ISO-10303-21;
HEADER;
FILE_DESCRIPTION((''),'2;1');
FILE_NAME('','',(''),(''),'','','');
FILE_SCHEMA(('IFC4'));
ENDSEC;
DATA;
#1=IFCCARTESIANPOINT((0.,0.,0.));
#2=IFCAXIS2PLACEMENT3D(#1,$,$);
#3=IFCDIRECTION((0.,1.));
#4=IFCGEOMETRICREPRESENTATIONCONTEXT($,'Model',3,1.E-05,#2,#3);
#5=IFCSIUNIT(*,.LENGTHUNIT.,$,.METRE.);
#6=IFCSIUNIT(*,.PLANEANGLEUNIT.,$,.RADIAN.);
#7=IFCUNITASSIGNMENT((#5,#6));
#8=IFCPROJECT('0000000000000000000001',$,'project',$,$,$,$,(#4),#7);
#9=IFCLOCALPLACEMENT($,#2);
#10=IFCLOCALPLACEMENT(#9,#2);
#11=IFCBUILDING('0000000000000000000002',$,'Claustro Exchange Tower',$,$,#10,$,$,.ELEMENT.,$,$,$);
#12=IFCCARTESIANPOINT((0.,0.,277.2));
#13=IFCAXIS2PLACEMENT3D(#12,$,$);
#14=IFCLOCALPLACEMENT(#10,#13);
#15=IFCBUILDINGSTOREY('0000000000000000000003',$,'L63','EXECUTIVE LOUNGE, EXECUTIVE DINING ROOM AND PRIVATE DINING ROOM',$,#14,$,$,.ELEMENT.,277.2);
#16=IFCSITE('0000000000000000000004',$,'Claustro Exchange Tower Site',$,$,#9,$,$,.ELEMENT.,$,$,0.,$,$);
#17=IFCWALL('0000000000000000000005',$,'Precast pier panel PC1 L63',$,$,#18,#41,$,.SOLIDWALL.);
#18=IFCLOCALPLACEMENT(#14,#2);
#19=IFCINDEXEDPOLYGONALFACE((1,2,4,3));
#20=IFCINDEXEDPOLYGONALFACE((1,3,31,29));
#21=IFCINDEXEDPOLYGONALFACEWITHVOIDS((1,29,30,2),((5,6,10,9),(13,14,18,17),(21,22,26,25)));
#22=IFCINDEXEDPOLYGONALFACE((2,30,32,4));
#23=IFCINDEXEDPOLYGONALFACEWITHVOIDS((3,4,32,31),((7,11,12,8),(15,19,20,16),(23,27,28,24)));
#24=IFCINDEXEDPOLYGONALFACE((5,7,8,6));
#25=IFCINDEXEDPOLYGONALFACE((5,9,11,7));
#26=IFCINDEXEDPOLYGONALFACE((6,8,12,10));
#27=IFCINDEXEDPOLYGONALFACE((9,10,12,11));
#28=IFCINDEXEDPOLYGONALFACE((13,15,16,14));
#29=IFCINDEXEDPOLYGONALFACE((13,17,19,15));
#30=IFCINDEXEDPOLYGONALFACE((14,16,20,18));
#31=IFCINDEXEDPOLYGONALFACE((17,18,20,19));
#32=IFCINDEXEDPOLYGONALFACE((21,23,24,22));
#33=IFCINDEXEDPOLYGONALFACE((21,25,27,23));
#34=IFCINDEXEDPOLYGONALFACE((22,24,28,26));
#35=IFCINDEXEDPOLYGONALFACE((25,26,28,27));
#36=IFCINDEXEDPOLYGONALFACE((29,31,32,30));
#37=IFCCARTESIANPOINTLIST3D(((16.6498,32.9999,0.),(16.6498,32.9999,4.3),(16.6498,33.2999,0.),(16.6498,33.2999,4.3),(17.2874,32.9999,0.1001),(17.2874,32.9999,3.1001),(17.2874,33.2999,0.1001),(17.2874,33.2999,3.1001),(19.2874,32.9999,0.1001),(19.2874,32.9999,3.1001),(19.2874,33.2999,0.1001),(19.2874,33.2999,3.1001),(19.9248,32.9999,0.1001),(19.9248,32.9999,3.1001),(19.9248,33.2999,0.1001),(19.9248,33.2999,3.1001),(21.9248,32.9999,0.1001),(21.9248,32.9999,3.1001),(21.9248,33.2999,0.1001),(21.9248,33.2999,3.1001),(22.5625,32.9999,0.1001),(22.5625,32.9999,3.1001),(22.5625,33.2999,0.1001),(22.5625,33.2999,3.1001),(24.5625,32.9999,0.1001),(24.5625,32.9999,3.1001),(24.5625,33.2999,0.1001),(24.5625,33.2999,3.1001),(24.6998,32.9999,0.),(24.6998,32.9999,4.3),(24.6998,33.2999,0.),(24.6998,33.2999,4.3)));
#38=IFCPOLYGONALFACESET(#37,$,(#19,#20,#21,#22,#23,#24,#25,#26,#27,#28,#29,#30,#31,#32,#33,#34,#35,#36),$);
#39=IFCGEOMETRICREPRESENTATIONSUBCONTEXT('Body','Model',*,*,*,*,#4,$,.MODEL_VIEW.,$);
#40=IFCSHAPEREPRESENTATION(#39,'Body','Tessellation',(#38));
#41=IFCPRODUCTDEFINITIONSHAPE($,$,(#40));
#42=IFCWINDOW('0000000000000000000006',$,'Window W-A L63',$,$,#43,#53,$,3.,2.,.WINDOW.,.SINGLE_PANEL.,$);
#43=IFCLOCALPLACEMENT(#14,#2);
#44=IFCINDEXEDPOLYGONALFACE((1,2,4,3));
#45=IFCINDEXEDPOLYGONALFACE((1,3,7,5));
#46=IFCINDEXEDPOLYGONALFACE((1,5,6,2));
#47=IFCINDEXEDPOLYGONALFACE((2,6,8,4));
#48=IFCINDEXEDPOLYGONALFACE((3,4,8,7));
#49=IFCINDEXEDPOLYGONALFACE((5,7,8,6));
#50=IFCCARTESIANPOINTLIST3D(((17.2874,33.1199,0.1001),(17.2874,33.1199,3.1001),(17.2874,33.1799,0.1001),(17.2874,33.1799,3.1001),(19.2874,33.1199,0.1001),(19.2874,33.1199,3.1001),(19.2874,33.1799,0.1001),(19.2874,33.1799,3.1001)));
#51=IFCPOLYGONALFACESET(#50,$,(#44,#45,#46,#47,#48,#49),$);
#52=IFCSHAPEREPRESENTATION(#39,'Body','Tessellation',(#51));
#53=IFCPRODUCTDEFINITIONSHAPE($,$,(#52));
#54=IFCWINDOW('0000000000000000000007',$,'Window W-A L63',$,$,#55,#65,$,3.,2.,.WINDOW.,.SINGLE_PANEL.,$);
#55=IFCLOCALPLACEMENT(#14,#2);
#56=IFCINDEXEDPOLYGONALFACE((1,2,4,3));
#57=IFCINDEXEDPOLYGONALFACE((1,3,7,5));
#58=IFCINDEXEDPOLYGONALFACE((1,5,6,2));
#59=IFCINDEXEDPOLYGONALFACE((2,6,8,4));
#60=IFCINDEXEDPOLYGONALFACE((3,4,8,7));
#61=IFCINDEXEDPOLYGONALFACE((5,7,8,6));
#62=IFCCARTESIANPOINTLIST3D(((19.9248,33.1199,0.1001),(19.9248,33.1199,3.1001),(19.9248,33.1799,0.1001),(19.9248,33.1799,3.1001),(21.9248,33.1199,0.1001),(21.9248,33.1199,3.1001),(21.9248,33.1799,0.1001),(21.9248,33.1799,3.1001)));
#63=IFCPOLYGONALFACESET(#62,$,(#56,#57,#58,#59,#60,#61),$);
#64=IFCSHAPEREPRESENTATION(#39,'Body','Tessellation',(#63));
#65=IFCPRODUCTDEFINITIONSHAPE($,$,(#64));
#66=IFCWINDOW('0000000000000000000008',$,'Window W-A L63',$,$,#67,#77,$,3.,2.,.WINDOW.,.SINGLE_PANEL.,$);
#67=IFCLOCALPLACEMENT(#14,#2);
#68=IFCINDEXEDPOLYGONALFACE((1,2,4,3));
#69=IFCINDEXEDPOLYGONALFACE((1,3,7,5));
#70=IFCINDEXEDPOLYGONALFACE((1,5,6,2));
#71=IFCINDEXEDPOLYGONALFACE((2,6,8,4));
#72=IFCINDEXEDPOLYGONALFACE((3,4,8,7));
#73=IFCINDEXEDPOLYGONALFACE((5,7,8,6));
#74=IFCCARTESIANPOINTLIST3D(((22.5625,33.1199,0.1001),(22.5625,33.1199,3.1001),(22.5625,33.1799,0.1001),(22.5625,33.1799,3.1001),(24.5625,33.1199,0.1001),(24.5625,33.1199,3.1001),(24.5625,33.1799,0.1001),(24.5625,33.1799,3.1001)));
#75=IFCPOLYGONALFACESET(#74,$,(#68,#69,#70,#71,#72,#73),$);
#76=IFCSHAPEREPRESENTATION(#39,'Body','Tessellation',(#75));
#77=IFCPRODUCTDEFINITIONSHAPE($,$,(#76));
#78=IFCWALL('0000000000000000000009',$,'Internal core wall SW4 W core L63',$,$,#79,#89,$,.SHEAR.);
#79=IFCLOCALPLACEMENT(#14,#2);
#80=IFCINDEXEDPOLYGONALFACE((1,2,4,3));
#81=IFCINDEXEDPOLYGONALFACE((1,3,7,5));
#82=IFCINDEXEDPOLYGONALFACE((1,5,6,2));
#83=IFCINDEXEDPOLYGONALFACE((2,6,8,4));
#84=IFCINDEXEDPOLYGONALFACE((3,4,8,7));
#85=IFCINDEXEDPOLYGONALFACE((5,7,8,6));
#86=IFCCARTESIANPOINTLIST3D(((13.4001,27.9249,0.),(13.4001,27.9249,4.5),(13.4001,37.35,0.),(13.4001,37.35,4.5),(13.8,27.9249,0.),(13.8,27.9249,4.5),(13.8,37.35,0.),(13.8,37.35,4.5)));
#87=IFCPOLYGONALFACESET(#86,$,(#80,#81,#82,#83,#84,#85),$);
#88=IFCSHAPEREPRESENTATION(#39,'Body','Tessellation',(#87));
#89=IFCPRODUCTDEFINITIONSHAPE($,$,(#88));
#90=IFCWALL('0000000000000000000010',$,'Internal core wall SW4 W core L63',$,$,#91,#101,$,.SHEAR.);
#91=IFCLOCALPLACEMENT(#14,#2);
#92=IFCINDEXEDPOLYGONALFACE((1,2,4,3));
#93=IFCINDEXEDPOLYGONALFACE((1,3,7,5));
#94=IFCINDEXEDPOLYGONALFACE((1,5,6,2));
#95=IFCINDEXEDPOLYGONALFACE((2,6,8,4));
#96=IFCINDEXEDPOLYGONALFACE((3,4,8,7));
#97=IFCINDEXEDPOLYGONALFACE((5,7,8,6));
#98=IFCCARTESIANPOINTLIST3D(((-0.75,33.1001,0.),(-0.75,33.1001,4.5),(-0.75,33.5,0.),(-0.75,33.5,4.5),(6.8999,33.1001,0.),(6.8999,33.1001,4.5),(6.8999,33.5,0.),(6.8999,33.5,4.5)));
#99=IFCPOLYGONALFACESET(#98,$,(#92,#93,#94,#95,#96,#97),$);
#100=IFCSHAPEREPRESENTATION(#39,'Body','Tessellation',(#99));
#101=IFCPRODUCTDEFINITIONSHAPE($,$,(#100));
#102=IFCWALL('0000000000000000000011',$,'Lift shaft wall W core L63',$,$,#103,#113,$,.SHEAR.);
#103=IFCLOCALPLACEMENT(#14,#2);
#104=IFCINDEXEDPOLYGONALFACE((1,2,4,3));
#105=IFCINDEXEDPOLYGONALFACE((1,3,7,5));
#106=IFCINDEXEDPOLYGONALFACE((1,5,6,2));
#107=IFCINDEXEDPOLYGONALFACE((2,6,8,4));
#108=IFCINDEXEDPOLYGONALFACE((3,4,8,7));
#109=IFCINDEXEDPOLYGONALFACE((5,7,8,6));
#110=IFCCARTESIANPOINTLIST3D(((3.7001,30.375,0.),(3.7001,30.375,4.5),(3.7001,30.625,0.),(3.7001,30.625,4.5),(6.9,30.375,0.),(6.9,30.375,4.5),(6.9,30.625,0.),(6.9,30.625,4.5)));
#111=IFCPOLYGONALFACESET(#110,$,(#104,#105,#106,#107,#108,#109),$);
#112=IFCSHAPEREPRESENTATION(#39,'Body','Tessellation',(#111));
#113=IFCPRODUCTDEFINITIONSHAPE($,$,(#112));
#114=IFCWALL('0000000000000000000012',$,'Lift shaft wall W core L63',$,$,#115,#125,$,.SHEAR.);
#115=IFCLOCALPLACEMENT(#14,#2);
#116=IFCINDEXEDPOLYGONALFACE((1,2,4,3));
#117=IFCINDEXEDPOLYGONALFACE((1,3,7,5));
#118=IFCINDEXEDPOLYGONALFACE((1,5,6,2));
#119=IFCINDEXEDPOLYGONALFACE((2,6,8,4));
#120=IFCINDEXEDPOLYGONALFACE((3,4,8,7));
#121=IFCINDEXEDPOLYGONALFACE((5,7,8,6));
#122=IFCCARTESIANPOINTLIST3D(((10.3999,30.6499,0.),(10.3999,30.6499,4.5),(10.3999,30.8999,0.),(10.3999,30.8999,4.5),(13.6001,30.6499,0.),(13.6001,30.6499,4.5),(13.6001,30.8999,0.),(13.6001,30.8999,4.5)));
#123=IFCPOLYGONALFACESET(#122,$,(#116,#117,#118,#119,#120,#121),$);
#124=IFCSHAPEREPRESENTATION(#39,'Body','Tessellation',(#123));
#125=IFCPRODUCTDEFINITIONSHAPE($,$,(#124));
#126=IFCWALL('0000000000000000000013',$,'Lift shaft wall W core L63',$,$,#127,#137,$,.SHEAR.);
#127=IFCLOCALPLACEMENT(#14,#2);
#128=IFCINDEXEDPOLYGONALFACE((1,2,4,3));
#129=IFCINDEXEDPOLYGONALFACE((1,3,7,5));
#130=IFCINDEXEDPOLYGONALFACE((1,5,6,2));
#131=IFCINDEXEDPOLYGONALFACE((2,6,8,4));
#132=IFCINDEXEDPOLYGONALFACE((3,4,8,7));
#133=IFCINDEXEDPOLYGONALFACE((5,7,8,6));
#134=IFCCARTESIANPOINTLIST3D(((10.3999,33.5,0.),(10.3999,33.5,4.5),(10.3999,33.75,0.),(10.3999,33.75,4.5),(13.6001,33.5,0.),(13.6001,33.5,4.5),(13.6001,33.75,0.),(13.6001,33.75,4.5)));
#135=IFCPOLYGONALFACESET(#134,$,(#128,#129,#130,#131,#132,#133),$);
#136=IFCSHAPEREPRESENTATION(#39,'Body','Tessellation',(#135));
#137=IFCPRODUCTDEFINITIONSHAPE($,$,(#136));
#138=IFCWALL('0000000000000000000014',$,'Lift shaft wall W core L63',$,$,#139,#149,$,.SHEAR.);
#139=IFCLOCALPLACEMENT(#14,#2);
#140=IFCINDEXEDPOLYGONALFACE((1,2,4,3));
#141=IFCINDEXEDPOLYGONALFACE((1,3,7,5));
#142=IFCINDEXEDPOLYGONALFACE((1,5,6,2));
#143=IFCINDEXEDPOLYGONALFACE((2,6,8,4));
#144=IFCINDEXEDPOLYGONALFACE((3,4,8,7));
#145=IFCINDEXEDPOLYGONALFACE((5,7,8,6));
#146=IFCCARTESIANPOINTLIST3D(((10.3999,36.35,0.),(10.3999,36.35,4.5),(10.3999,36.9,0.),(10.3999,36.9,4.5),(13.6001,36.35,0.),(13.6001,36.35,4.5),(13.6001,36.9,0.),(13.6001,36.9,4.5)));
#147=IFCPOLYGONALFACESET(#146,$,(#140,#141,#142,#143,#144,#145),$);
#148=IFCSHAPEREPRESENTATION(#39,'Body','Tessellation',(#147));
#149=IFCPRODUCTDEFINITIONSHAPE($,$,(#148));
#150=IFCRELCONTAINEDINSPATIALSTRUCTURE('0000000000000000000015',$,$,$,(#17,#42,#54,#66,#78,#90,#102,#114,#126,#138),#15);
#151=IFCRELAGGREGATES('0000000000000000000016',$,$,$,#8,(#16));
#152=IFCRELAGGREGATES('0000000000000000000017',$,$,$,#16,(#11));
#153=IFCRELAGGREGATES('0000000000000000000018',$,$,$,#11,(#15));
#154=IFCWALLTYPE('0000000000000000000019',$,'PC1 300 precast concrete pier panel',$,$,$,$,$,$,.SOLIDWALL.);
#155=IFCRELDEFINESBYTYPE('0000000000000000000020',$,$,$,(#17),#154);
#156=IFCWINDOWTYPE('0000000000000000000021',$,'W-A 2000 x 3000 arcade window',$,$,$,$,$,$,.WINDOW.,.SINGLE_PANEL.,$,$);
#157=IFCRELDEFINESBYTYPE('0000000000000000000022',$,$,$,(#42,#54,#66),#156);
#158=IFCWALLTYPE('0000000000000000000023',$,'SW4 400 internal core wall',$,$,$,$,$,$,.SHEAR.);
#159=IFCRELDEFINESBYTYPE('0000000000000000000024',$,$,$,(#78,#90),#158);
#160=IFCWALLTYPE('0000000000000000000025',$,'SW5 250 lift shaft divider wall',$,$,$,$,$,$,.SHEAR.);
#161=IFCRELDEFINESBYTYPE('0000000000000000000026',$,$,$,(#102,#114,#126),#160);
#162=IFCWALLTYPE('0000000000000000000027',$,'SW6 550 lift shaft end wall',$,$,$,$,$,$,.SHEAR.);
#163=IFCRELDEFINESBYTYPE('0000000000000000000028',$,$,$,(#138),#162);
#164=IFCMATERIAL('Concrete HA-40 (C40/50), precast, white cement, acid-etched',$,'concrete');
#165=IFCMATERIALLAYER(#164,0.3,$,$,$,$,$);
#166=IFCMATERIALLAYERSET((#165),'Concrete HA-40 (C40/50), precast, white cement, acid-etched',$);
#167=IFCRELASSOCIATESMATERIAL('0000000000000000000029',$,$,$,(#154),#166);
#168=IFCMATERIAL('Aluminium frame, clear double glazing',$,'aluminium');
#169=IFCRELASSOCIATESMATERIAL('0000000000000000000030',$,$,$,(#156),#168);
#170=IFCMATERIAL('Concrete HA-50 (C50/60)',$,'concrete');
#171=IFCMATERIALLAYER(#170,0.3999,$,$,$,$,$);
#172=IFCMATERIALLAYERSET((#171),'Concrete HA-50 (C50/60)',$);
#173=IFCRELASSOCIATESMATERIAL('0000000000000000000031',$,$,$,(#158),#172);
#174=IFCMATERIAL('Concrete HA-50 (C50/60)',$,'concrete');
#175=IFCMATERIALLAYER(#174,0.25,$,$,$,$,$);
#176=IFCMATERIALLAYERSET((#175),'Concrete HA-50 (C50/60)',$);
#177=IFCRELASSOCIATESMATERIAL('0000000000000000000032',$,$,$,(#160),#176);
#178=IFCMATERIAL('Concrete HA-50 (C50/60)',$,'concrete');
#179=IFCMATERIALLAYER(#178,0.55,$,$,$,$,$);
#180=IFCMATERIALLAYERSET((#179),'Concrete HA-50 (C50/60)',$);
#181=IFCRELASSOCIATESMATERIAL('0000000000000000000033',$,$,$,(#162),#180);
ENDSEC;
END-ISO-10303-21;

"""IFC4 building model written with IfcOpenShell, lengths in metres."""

from ifc_helpers import new_model, si_unit, direction, frame, frame_2d, origin, place, context, subcontext, project, spatial, rectangle, extrude, material, layer, layer_set, type_object, element, fill, save


model = new_model("IFC4")

# Units and contexts
model_context = context("Model", 3, precision=1e-05, world=origin(), true_north=direction((0.0, 1.0)))
body_context = subcontext(model_context, "Body", "Model", "MODEL_VIEW")
ifc_project = project(units=[si_unit("LENGTHUNIT", "METRE"), si_unit("PLANEANGLEUNIT", "RADIAN")], contexts=[model_context])

# Site, building, storey
site_placement = place(None, origin())
site = spatial("IfcSite", under=ifc_project, at=site_placement, Name="Claustro Exchange Tower Site", CompositionType="ELEMENT", RefElevation=0.0)
building_placement = place(site_placement, origin())
building = spatial("IfcBuilding", under=site, at=building_placement, Name="Claustro Exchange Tower", CompositionType="ELEMENT")
storey_placement = place(building_placement, frame((0.0, 0.0, 277.2)))
storey = spatial("IfcBuildingStorey", under=building, at=storey_placement, Name="L63", Description="EXECUTIVE LOUNGE, EXECUTIVE DINING ROOM AND PRIVATE DINING ROOM", CompositionType="ELEMENT", Elevation=277.2)

# Shared definitions
ifc_material_1 = material(Name="Concrete HA-40 (C40/50), precast, white cement, acid-etched", Category="concrete")
ifc_layer_1 = layer(ifc_material_1, 0.3)
ifc_layer_set_1 = layer_set([ifc_layer_1], Name="Concrete HA-40 (C40/50), precast, white cement, acid-etched")
wall_type_1 = type_object("IfcWallType", Name="PC1 300 precast concrete pier panel", PredefinedType="SOLIDWALL", material=ifc_layer_set_1)

# Wall, openings, windows
wall_1_placement = place(storey_placement, frame((16.6499, 33.1499, 0.0), z_axis=(0.0, 0.0, 1.0), x_axis=(1.0, 0.0, 0.0)))
wall_1 = element("IfcWall", 1, at=wall_1_placement, inside=storey, type_object=wall_type_1, Name="Precast pier panel PC1 L63", PredefinedType="SOLIDWALL", context=body_context, shape_type="SweptSolid", body=[
    extrude(rectangle(XDim=8.05, YDim=0.3, at=frame_2d((4.0249, 0.0))), origin(), (0.0, 0.0, 1.0), 4.3),
])
opening_1_placement = place(wall_1_placement, frame((0.6375, 0.0, 0.1001)))
opening_1 = element("IfcOpeningElement", 2, at=opening_1_placement, cuts=wall_1, PredefinedType="OPENING", context=body_context, shape_type="SweptSolid", body=[
    extrude(rectangle(XDim=2.0, YDim=3.0, at=frame_2d((1.0, 1.5))), frame((0.0, 0.1599, 0.0), z_axis=(0.0, -1.0, 0.0), x_axis=(1.0, 0.0, 0.0)), (0.0, 0.0, 1.0), 0.3201),
])
opening_2_placement = place(wall_1_placement, frame((3.2749, 0.0, 0.1001)))
opening_2 = element("IfcOpeningElement", 3, at=opening_2_placement, cuts=wall_1, PredefinedType="OPENING", context=body_context, shape_type="SweptSolid", body=[
    extrude(rectangle(XDim=2.0, YDim=3.0, at=frame_2d((1.0, 1.5))), frame((0.0, 0.1599, 0.0), z_axis=(0.0, -1.0, 0.0), x_axis=(1.0, 0.0, 0.0)), (0.0, 0.0, 1.0), 0.3201),
])
opening_3_placement = place(wall_1_placement, frame((5.9126, 0.0, 0.1001)))
opening_3 = element("IfcOpeningElement", 4, at=opening_3_placement, cuts=wall_1, PredefinedType="OPENING", context=body_context, shape_type="SweptSolid", body=[
    extrude(rectangle(XDim=2.0, YDim=3.0, at=frame_2d((1.0, 1.5))), frame((0.0, 0.1599, 0.0), z_axis=(0.0, -1.0, 0.0), x_axis=(1.0, 0.0, 0.0)), (0.0, 0.0, 1.0), 0.3201),
])
ifc_material_2 = material(Name="Aluminium frame, clear double glazing", Category="aluminium")
window_type_1 = type_object("IfcWindowType", Name="W-A 2000 x 3000 arcade window", PartitioningType="SINGLE_PANEL", PredefinedType="WINDOW", material=ifc_material_2)
window_1_placement = place(opening_1_placement, origin())
window_1 = element("IfcWindow", 5, at=window_1_placement, inside=storey, type_object=window_type_1, Name="Window W-A L63", OverallHeight=3.0, OverallWidth=2.0, PartitioningType="SINGLE_PANEL", PredefinedType="WINDOW", context=body_context, shape_type="SweptSolid", body=[
    extrude(rectangle(XDim=2.0, YDim=3.0, at=frame_2d((1.0, 1.5))), frame((0.0, 0.03, 0.0), z_axis=(0.0, -1.0, 0.0), x_axis=(1.0, 0.0, 0.0)), (0.0, 0.0, 1.0), 0.0601),
])
fill(opening_1, window_1)
window_2_placement = place(opening_2_placement, origin())
window_2 = element("IfcWindow", 6, at=window_2_placement, inside=storey, type_object=window_type_1, Name="Window W-A L63", OverallHeight=3.0, OverallWidth=2.0, PartitioningType="SINGLE_PANEL", PredefinedType="WINDOW", context=body_context, shape_type="SweptSolid", body=[
    extrude(rectangle(XDim=2.0, YDim=3.0, at=frame_2d((1.0, 1.5))), frame((0.0, 0.03, 0.0), z_axis=(0.0, -1.0, 0.0), x_axis=(1.0, 0.0, 0.0)), (0.0, 0.0, 1.0), 0.0601),
])
fill(opening_2, window_2)
window_3_placement = place(opening_3_placement, origin())
window_3 = element("IfcWindow", 7, at=window_3_placement, inside=storey, type_object=window_type_1, Name="Window W-A L63", OverallHeight=3.0, OverallWidth=2.0, PartitioningType="SINGLE_PANEL", PredefinedType="WINDOW", context=body_context, shape_type="SweptSolid", body=[
    extrude(rectangle(XDim=2.0, YDim=3.0, at=frame_2d((1.0, 1.5))), frame((0.0, 0.03, 0.0), z_axis=(0.0, -1.0, 0.0), x_axis=(1.0, 0.0, 0.0)), (0.0, 0.0, 1.0), 0.0601),
])
fill(opening_3, window_3)

# Walls
ifc_material_3 = material(Name="Concrete HA-50 (C50/60)", Category="concrete")
ifc_layer_2 = layer(ifc_material_3, 0.3999)
ifc_layer_set_2 = layer_set([ifc_layer_2], Name="Concrete HA-50 (C50/60)")
wall_type_2 = type_object("IfcWallType", Name="SW4 400 internal core wall", PredefinedType="SHEAR", material=ifc_layer_set_2)
wall_2_placement = place(storey_placement, frame((13.6001, 27.925, 0.0), z_axis=(0.0, 0.0, 1.0), x_axis=(0.0, 1.0, 0.0)))
element("IfcWall", 8, at=wall_2_placement, inside=storey, type_object=wall_type_2, Name="Internal core wall SW4 W core L63", PredefinedType="SHEAR", context=body_context, shape_type="SweptSolid", body=[
    extrude(rectangle(XDim=9.425, YDim=0.3999, at=frame_2d((4.7124, 0.0))), origin(), (0.0, 0.0, 1.0), 4.5),
])
wall_3_placement = place(storey_placement, frame((-0.75, 33.3, 0.0), z_axis=(0.0, 0.0, 1.0), x_axis=(1.0, 0.0, 0.0)))
element("IfcWall", 9, at=wall_3_placement, inside=storey, type_object=wall_type_2, Name="Internal core wall SW4 W core L63", PredefinedType="SHEAR", context=body_context, shape_type="SweptSolid", body=[
    extrude(rectangle(XDim=7.6499, YDim=0.3999, at=frame_2d((3.825, 0.0))), origin(), (0.0, 0.0, 1.0), 4.5),
])
ifc_material_4 = material(Name="Concrete HA-50 (C50/60)", Category="concrete")
ifc_layer_3 = layer(ifc_material_4, 0.25)
ifc_layer_set_3 = layer_set([ifc_layer_3], Name="Concrete HA-50 (C50/60)")
wall_type_3 = type_object("IfcWallType", Name="SW5 250 lift shaft divider wall", PredefinedType="SHEAR", material=ifc_layer_set_3)
wall_4_placement = place(storey_placement, frame((3.7, 30.5, 0.0), z_axis=(0.0, 0.0, 1.0), x_axis=(1.0, 0.0, 0.0)))
element("IfcWall", 10, at=wall_4_placement, inside=storey, type_object=wall_type_3, Name="Lift shaft wall W core L63", PredefinedType="SHEAR", context=body_context, shape_type="SweptSolid", body=[
    extrude(rectangle(XDim=3.2, YDim=0.25, at=frame_2d((1.6001, 0.0))), origin(), (0.0, 0.0, 1.0), 4.5),
])
for number, where, z_axis, x_axis, name in (
    (11, (10.3999, 30.7749, 0.0), (0.0, 0.0, 1.0), (1.0, 0.0, 0.0), "Lift shaft wall W core L63"),
    (12, (10.3999, 33.625, 0.0), (0.0, 0.0, 1.0), (1.0, 0.0, 0.0), "Lift shaft wall W core L63"),
):
    element("IfcWall", number, at=place(storey_placement, frame(where, z_axis=z_axis, x_axis=x_axis)), inside=storey, type_object=wall_type_3, Name=name, PredefinedType="SHEAR", context=body_context, shape_type="SweptSolid", body=[
        extrude(rectangle(XDim=3.2002, YDim=0.25, at=frame_2d((1.6001, 0.0))), origin(), (0.0, 0.0, 1.0), 4.5),
    ])
ifc_material_5 = material(Name="Concrete HA-50 (C50/60)", Category="concrete")
ifc_layer_4 = layer(ifc_material_5, 0.55)
ifc_layer_set_4 = layer_set([ifc_layer_4], Name="Concrete HA-50 (C50/60)")
wall_type_4 = type_object("IfcWallType", Name="SW6 550 lift shaft end wall", PredefinedType="SHEAR", material=ifc_layer_set_4)
wall_5_placement = place(storey_placement, frame((10.3999, 36.625, 0.0), z_axis=(0.0, 0.0, 1.0), x_axis=(1.0, 0.0, 0.0)))
element("IfcWall", 13, at=wall_5_placement, inside=storey, type_object=wall_type_4, Name="Lift shaft wall W core L63", PredefinedType="SHEAR", context=body_context, shape_type="SweptSolid", body=[
    extrude(rectangle(XDim=3.2002, YDim=0.55, at=frame_2d((1.6001, 0.0))), origin(), (0.0, 0.0, 1.0), 4.5),
])

save(model, "model.ifc")
